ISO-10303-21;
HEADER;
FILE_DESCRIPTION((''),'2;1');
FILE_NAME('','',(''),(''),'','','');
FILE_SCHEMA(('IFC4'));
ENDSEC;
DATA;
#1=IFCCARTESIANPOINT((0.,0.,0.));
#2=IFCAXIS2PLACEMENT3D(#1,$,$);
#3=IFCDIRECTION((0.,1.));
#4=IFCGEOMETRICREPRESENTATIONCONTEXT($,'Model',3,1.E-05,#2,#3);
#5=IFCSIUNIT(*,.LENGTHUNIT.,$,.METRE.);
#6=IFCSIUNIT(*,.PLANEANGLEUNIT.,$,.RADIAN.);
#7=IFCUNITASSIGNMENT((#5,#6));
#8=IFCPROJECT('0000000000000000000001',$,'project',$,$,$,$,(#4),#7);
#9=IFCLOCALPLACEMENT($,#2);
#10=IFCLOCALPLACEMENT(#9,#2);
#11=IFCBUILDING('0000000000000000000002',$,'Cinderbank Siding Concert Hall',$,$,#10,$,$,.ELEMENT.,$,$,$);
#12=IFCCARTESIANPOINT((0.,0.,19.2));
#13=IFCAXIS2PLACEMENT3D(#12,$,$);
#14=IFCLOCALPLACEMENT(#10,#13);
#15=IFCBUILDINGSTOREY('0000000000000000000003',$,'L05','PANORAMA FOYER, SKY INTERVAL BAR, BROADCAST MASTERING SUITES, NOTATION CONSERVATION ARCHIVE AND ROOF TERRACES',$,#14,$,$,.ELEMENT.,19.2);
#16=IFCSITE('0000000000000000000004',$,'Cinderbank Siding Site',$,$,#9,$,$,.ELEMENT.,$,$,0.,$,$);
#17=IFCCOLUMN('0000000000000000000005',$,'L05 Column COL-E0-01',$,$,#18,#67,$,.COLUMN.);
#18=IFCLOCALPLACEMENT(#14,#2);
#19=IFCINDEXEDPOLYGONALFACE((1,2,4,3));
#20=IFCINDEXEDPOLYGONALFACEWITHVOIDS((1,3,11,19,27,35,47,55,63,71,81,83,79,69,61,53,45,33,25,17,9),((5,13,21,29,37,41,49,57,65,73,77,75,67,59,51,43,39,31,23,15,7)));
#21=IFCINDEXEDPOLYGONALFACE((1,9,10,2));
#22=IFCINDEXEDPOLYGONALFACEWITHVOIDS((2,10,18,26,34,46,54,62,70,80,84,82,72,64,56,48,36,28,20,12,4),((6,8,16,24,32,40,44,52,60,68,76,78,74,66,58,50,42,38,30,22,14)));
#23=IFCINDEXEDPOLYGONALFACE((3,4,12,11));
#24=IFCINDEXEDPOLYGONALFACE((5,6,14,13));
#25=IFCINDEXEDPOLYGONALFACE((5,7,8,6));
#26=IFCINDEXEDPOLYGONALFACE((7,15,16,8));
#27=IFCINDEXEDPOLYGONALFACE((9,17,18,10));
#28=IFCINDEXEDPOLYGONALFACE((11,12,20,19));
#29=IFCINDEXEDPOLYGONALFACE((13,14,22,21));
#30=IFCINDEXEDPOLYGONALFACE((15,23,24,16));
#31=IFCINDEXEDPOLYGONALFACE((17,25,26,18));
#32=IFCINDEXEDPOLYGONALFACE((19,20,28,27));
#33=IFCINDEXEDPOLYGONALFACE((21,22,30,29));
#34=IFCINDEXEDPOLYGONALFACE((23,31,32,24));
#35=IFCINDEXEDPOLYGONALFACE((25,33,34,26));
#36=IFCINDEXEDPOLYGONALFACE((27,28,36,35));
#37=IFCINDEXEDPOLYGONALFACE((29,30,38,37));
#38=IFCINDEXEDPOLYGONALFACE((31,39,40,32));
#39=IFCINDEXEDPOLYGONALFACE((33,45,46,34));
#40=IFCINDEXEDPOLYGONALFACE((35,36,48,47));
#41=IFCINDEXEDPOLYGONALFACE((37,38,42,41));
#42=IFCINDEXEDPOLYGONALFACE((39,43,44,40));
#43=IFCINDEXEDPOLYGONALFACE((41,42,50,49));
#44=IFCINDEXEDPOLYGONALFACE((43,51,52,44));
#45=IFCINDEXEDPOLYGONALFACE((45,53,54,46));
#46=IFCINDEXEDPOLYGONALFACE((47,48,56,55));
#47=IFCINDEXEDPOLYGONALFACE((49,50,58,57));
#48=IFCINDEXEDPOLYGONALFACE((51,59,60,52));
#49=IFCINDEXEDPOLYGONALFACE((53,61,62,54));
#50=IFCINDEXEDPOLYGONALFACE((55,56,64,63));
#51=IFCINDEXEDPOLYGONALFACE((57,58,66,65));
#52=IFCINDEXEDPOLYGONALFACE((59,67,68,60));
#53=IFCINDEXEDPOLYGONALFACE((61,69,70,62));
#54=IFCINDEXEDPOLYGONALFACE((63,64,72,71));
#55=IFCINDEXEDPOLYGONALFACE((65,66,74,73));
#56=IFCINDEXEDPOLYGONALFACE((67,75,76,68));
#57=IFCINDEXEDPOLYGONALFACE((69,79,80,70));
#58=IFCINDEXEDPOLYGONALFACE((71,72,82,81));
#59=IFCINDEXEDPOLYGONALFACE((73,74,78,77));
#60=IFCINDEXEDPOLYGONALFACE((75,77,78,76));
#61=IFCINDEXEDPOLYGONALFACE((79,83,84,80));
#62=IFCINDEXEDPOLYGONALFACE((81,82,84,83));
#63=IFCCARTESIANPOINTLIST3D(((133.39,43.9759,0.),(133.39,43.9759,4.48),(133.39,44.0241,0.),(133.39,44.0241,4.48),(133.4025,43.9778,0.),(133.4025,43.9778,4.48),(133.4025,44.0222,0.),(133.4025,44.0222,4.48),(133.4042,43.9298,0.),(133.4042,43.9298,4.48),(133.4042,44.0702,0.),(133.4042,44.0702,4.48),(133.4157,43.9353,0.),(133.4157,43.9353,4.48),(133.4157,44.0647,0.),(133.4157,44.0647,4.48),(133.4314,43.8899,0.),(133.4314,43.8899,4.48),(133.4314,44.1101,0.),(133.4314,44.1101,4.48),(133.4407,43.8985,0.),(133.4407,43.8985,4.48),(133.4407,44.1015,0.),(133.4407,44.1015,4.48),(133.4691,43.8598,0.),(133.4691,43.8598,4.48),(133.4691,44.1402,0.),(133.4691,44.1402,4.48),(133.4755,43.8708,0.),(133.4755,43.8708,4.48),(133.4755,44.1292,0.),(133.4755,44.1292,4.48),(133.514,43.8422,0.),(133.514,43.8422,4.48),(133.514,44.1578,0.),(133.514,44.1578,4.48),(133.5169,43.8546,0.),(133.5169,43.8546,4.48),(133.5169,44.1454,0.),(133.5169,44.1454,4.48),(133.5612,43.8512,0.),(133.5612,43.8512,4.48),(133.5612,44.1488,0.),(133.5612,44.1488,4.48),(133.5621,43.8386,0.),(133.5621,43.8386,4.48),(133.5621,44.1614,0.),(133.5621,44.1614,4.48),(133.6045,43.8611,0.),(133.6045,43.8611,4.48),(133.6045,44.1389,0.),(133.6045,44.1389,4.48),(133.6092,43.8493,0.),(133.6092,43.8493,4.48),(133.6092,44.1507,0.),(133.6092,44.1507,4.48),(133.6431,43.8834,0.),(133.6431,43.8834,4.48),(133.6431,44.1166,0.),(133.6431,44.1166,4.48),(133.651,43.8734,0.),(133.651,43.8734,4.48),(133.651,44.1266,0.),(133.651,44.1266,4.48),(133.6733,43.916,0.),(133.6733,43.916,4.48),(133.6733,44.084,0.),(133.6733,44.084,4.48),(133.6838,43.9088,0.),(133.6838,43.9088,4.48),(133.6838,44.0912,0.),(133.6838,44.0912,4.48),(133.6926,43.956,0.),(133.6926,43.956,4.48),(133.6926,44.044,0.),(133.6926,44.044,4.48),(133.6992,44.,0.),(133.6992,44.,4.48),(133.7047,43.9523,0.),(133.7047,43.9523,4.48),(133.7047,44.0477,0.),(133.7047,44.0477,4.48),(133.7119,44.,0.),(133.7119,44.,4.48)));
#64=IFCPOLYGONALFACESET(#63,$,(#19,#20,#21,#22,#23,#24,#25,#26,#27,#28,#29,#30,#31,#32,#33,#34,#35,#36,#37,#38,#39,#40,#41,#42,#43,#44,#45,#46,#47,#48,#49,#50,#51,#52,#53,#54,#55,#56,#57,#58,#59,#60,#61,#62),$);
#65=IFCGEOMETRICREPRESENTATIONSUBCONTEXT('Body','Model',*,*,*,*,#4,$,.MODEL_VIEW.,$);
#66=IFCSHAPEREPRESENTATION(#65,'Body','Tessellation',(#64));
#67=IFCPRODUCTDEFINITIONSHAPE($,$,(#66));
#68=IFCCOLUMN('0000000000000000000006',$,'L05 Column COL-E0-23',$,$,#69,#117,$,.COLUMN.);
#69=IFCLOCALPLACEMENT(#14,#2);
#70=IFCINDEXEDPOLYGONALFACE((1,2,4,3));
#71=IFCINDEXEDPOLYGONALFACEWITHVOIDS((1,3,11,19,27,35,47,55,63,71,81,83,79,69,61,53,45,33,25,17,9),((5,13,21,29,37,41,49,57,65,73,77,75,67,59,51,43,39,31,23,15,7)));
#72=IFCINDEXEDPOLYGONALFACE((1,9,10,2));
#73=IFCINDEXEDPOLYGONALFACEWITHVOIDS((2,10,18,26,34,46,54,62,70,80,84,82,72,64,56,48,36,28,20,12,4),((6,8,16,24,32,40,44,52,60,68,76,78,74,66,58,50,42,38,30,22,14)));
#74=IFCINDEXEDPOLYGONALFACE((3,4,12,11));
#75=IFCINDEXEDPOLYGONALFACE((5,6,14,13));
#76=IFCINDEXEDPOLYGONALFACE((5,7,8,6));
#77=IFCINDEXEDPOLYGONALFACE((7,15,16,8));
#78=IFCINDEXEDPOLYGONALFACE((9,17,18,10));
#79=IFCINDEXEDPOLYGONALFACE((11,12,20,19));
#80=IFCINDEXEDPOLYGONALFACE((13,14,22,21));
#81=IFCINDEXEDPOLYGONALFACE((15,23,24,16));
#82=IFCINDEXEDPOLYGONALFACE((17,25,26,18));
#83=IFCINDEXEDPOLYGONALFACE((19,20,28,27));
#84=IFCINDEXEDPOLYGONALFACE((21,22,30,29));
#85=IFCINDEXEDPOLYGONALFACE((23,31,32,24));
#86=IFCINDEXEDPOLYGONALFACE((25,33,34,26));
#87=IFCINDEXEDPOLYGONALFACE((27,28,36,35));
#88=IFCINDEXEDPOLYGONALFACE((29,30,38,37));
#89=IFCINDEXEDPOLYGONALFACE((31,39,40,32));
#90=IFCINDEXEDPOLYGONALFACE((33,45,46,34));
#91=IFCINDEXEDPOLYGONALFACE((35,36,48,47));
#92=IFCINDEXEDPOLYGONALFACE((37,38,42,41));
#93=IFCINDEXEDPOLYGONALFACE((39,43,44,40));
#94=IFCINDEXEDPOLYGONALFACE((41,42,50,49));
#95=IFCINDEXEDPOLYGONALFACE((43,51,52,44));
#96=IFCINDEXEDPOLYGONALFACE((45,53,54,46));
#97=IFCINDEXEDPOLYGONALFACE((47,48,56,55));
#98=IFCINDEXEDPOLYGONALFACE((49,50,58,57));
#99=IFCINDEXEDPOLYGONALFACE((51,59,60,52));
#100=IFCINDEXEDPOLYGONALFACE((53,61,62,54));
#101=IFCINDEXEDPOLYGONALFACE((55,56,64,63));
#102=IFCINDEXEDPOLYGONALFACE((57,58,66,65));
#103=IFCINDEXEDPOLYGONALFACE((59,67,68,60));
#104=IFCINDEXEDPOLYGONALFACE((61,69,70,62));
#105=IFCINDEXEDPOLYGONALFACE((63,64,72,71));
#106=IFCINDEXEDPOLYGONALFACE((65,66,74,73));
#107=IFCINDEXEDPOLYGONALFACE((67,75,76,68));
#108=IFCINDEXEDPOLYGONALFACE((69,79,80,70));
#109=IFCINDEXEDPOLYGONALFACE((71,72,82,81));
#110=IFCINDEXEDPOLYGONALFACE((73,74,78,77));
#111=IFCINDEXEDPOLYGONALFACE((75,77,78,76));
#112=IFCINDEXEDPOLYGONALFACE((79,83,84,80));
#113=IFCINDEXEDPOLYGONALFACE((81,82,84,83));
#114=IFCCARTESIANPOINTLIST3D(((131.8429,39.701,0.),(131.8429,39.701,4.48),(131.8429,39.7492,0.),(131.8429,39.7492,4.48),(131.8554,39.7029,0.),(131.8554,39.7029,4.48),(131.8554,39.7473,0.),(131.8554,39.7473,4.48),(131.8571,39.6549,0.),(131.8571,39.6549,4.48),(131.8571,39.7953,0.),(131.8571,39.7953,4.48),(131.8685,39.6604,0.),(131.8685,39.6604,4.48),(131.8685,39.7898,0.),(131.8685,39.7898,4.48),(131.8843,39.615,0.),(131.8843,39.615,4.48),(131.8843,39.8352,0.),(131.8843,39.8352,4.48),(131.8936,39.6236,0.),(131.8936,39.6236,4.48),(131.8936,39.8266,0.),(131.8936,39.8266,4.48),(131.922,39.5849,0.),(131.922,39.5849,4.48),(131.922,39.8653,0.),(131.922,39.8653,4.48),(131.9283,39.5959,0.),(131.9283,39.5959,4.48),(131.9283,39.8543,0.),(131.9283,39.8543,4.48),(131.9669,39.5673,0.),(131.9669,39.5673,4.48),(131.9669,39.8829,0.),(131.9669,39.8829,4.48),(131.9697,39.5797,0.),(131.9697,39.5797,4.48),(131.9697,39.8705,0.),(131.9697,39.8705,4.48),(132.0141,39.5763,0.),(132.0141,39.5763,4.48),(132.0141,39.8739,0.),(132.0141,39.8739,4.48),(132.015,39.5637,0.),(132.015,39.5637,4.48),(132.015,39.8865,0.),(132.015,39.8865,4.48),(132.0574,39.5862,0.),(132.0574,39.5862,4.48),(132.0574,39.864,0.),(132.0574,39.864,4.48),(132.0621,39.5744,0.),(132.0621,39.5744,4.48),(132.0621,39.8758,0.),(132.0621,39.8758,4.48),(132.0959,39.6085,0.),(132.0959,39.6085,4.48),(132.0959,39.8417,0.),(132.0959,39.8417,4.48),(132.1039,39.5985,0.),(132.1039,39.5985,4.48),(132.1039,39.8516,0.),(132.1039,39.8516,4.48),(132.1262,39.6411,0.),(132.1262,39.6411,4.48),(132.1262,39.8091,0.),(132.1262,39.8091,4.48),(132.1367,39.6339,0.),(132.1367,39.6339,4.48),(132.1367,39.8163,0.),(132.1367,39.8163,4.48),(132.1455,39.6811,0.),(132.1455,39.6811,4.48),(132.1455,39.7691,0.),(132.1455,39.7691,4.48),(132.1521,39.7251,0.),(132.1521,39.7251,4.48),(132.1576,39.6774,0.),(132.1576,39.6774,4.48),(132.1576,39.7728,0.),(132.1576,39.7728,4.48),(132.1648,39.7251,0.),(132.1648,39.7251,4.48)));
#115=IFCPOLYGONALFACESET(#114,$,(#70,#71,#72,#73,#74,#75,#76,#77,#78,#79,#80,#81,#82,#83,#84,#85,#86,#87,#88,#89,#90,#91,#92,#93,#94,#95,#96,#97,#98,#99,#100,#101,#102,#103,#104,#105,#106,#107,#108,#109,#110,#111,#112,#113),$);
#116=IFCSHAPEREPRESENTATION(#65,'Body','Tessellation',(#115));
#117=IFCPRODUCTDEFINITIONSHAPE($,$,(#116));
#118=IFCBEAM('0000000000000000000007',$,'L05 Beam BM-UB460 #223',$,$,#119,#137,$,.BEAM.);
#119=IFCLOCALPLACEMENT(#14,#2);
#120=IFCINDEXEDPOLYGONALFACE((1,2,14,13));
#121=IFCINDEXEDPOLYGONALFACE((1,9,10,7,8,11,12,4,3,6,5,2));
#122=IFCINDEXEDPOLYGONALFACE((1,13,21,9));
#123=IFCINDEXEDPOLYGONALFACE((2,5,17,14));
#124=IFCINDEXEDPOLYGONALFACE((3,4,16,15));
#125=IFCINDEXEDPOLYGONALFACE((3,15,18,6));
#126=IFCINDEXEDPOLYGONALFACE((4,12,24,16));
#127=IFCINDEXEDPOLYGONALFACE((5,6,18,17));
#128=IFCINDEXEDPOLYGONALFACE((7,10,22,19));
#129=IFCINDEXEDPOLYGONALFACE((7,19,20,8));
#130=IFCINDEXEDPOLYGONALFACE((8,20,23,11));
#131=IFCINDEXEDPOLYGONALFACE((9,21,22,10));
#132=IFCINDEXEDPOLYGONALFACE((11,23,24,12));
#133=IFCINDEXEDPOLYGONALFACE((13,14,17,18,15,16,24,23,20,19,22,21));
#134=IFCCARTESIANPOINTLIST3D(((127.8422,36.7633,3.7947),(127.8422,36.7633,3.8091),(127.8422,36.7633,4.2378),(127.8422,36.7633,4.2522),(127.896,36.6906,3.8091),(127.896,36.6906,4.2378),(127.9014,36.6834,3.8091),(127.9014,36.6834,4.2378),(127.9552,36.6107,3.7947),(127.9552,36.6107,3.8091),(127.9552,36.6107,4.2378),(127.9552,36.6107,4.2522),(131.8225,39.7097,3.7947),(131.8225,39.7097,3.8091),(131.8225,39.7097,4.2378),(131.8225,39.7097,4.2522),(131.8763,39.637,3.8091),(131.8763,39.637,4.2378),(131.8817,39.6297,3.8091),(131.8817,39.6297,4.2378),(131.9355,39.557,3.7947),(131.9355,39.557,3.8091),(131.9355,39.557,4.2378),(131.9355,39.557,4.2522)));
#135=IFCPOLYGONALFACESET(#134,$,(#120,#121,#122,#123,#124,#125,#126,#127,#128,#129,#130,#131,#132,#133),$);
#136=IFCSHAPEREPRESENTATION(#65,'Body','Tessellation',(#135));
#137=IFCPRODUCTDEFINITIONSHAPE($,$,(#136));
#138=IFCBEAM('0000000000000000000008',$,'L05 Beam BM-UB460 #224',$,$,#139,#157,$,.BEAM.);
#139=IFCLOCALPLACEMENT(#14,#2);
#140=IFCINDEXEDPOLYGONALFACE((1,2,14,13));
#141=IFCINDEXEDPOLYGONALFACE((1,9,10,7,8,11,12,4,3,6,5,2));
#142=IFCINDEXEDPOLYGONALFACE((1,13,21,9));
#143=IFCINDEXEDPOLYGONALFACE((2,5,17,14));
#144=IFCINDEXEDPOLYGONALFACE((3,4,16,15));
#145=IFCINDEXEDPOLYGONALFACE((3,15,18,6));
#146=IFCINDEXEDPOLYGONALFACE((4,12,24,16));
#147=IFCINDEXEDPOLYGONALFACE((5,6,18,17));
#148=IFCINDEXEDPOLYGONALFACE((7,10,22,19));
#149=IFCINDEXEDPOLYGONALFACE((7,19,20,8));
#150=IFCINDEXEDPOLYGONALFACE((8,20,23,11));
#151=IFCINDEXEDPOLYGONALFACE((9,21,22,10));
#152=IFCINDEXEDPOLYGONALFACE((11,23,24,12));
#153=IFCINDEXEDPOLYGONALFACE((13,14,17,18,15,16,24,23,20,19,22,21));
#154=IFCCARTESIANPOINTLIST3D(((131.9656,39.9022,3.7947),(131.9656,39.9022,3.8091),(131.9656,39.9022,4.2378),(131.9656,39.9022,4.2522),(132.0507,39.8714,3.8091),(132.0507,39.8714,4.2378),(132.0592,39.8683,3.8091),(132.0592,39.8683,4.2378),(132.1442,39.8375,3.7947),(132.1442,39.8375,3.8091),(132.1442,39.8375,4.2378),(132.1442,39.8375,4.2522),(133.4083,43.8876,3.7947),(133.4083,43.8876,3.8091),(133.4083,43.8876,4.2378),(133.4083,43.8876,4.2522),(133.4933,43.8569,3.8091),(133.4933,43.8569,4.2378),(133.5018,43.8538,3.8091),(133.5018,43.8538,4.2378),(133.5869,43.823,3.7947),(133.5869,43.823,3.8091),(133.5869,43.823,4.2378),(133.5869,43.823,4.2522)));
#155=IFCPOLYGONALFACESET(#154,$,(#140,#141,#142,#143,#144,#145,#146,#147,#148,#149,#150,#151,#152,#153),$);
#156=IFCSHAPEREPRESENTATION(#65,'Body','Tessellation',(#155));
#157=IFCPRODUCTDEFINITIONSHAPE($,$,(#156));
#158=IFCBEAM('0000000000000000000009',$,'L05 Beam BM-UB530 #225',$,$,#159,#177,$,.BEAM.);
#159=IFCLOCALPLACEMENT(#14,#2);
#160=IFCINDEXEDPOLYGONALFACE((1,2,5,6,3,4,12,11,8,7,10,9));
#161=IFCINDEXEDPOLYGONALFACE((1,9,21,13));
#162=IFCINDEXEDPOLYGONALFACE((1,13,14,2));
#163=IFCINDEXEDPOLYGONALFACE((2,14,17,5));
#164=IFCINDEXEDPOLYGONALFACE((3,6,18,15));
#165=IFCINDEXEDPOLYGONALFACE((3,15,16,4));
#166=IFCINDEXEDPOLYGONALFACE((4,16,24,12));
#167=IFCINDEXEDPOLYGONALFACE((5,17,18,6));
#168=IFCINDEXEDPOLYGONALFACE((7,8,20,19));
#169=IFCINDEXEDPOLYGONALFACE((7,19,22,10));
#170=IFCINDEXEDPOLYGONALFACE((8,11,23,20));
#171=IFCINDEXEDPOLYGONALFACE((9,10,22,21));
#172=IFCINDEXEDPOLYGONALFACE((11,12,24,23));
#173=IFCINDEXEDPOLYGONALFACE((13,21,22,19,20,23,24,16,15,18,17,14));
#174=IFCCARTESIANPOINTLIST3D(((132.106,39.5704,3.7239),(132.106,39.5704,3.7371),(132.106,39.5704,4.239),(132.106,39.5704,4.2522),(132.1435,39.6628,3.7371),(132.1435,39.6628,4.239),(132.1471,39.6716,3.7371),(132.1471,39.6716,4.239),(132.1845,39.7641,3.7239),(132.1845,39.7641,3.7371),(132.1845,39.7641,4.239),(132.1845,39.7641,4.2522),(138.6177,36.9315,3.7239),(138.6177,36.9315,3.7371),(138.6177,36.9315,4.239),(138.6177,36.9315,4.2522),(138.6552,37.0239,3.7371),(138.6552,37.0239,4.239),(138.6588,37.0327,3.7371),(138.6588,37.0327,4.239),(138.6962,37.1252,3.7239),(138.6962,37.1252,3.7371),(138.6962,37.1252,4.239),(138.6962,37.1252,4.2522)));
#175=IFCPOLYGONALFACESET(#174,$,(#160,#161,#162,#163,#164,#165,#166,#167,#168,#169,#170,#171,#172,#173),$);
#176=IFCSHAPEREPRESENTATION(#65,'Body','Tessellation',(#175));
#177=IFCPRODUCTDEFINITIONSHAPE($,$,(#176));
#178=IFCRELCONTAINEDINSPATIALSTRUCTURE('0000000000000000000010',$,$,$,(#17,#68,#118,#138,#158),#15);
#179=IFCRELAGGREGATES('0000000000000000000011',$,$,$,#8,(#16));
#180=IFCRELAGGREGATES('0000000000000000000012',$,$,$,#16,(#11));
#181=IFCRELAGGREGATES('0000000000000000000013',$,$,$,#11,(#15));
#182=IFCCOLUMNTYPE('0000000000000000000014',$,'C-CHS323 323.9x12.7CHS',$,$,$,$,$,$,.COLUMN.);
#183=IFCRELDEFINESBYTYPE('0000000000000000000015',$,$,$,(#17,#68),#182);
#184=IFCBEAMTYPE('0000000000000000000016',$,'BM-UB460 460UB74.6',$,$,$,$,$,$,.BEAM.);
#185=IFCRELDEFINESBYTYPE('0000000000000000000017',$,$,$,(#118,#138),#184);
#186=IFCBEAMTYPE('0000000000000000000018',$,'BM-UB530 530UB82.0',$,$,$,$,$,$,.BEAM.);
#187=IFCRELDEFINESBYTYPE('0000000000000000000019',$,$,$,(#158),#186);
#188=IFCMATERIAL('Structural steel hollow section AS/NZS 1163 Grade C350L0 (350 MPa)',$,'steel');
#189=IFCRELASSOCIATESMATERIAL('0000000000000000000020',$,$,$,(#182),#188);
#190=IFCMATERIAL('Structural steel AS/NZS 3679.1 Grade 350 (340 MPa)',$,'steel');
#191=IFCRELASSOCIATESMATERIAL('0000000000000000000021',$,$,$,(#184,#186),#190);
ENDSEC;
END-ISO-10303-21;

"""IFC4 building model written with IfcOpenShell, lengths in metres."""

from ifc_helpers import new_model, si_unit, direction, frame, origin, origin_2d, place, context, subcontext, project, spatial, hollow_circle, i_section, extrude, material, material_profile, profile_set, type_object, element, save


model = new_model("IFC4")

# Units and contexts
model_context = context("Model", 3, precision=1e-05, world=origin(), true_north=direction((0.0, 1.0)))
body_context = subcontext(model_context, "Body", "Model", "MODEL_VIEW")
ifc_project = project(units=[si_unit("LENGTHUNIT", "METRE"), si_unit("PLANEANGLEUNIT", "RADIAN")], contexts=[model_context])

# Site, building, storey
site_placement = place(None, origin())
site = spatial("IfcSite", under=ifc_project, at=site_placement, Name="Cinderbank Siding Site", CompositionType="ELEMENT", RefElevation=0.0)
building_placement = place(site_placement, origin())
building = spatial("IfcBuilding", under=site, at=building_placement, Name="Cinderbank Siding Concert Hall", CompositionType="ELEMENT")
storey_placement = place(building_placement, frame((0.0, 0.0, 19.2)))
storey = spatial("IfcBuildingStorey", under=building, at=storey_placement, Name="L05", Description="PANORAMA FOYER, SKY INTERVAL BAR, BROADCAST MASTERING SUITES, NOTATION CONSERVATION ARCHIVE AND ROOF TERRACES", CompositionType="ELEMENT", Elevation=19.2)

# Columns
ifc_material_1 = material(Name="Structural steel hollow section AS/NZS 1163 Grade C350L0 (350 MPa)", Category="steel")
ifc_material_profile_1 = material_profile(ifc_material_1, hollow_circle(Radius=0.1619, WallThickness=0.0127, at=origin_2d()), Name="323.9x12.7CHS", Category="LoadBearing")
ifc_profile_set_1 = profile_set([ifc_material_profile_1], Name="Structural steel hollow section AS/NZS 1163 Grade C350L0 (350 MPa)")
column_type = type_object("IfcColumnType", Name="C-CHS323 323.9x12.7CHS", PredefinedType="COLUMN", material=ifc_profile_set_1)
for number, where, z_axis, x_axis, name in (
    (1, (133.55, 44.0, 0.0), (0.0, 0.0, 1.0), (1.0, 0.0, 0.0), "L05 Column COL-E0-01"),
    (2, (132.0029, 39.7251, 0.0), (0.0, 0.0, 1.0), (1.0, 0.0, 0.0), "L05 Column COL-E0-23"),
):
    element("IfcColumn", number, at=place(storey_placement, frame(where, z_axis=z_axis, x_axis=x_axis)), inside=storey, type_object=column_type, Name=name, PredefinedType="COLUMN", context=body_context, shape_type="SweptSolid", body=[
        extrude(hollow_circle(Radius=0.1619, WallThickness=0.0127, at=origin_2d()), origin(), (0.0, 0.0, 1.0), 4.48),
    ])

# Beams
ifc_material_2 = material(Name="Structural steel AS/NZS 3679.1 Grade 350 (340 MPa)", Category="steel")
ifc_material_profile_2 = material_profile(ifc_material_2, i_section(OverallWidth=0.1899, OverallDepth=0.4575, WebThickness=0.009, FlangeThickness=0.0144, at=origin_2d()), Name="460UB74.6", Category="LoadBearing")
ifc_profile_set_2 = profile_set([ifc_material_profile_2], Name="Structural steel AS/NZS 3679.1 Grade 350 (340 MPa)")
beam_type_1 = type_object("IfcBeamType", Name="BM-UB460 460UB74.6", PredefinedType="BEAM", material=ifc_profile_set_2)
beam_1_placement = place(storey_placement, frame((127.8987, 36.687, 4.0234), z_axis=(0.803753, 0.594963, 0.0), x_axis=(-0.594963, 0.803753, 0.0)))
element("IfcBeam", 3, at=beam_1_placement, inside=storey, type_object=beam_type_1, Name="L05 Beam BM-UB460 #223", PredefinedType="BEAM", context=body_context, shape_type="SweptSolid", body=[
    extrude(i_section(OverallWidth=0.1899, OverallDepth=0.4575, WebThickness=0.009, FlangeThickness=0.0144, at=origin_2d()), origin(), (0.0, 0.0, 1.0), 4.9521),
])
beam_2_placement = place(storey_placement, frame((132.0549, 39.8699, 4.0234), z_axis=(0.340369, 0.940292, 0.0), x_axis=(-0.940292, 0.340369, 0.0)))
element("IfcBeam", 4, at=beam_2_placement, inside=storey, type_object=beam_type_1, Name="L05 Beam BM-UB460 #224", PredefinedType="BEAM", context=body_context, shape_type="SweptSolid", body=[
    extrude(i_section(OverallWidth=0.1899, OverallDepth=0.4575, WebThickness=0.009, FlangeThickness=0.0144, at=origin_2d()), origin(), (0.0, 0.0, 1.0), 4.2385),
])
ifc_material_profile_3 = material_profile(ifc_material_2, i_section(OverallWidth=0.209, OverallDepth=0.5283, WebThickness=0.0095, FlangeThickness=0.0132, at=origin_2d()), Name="530UB82.0", Category="LoadBearing")
ifc_profile_set_3 = profile_set([ifc_material_profile_3], Name="Structural steel AS/NZS 3679.1 Grade 350 (340 MPa)")
beam_type_2 = type_object("IfcBeamType", Name="BM-UB530 530UB82.0", PredefinedType="BEAM", material=ifc_profile_set_3)
beam_3_placement = place(storey_placement, frame((132.1453, 39.6672, 3.988), z_axis=(0.926787, -0.375587, 0.0), x_axis=(0.375587, 0.926787, 0.0)))
element("IfcBeam", 5, at=beam_3_placement, inside=storey, type_object=beam_type_2, Name="L05 Beam BM-UB530 #225", PredefinedType="BEAM", context=body_context, shape_type="SweptSolid", body=[
    extrude(i_section(OverallWidth=0.209, OverallDepth=0.5283, WebThickness=0.0095, FlangeThickness=0.0132, at=origin_2d()), origin(), (0.0, 0.0, 1.0), 7.0261),
])

save(model, "model.ifc")
